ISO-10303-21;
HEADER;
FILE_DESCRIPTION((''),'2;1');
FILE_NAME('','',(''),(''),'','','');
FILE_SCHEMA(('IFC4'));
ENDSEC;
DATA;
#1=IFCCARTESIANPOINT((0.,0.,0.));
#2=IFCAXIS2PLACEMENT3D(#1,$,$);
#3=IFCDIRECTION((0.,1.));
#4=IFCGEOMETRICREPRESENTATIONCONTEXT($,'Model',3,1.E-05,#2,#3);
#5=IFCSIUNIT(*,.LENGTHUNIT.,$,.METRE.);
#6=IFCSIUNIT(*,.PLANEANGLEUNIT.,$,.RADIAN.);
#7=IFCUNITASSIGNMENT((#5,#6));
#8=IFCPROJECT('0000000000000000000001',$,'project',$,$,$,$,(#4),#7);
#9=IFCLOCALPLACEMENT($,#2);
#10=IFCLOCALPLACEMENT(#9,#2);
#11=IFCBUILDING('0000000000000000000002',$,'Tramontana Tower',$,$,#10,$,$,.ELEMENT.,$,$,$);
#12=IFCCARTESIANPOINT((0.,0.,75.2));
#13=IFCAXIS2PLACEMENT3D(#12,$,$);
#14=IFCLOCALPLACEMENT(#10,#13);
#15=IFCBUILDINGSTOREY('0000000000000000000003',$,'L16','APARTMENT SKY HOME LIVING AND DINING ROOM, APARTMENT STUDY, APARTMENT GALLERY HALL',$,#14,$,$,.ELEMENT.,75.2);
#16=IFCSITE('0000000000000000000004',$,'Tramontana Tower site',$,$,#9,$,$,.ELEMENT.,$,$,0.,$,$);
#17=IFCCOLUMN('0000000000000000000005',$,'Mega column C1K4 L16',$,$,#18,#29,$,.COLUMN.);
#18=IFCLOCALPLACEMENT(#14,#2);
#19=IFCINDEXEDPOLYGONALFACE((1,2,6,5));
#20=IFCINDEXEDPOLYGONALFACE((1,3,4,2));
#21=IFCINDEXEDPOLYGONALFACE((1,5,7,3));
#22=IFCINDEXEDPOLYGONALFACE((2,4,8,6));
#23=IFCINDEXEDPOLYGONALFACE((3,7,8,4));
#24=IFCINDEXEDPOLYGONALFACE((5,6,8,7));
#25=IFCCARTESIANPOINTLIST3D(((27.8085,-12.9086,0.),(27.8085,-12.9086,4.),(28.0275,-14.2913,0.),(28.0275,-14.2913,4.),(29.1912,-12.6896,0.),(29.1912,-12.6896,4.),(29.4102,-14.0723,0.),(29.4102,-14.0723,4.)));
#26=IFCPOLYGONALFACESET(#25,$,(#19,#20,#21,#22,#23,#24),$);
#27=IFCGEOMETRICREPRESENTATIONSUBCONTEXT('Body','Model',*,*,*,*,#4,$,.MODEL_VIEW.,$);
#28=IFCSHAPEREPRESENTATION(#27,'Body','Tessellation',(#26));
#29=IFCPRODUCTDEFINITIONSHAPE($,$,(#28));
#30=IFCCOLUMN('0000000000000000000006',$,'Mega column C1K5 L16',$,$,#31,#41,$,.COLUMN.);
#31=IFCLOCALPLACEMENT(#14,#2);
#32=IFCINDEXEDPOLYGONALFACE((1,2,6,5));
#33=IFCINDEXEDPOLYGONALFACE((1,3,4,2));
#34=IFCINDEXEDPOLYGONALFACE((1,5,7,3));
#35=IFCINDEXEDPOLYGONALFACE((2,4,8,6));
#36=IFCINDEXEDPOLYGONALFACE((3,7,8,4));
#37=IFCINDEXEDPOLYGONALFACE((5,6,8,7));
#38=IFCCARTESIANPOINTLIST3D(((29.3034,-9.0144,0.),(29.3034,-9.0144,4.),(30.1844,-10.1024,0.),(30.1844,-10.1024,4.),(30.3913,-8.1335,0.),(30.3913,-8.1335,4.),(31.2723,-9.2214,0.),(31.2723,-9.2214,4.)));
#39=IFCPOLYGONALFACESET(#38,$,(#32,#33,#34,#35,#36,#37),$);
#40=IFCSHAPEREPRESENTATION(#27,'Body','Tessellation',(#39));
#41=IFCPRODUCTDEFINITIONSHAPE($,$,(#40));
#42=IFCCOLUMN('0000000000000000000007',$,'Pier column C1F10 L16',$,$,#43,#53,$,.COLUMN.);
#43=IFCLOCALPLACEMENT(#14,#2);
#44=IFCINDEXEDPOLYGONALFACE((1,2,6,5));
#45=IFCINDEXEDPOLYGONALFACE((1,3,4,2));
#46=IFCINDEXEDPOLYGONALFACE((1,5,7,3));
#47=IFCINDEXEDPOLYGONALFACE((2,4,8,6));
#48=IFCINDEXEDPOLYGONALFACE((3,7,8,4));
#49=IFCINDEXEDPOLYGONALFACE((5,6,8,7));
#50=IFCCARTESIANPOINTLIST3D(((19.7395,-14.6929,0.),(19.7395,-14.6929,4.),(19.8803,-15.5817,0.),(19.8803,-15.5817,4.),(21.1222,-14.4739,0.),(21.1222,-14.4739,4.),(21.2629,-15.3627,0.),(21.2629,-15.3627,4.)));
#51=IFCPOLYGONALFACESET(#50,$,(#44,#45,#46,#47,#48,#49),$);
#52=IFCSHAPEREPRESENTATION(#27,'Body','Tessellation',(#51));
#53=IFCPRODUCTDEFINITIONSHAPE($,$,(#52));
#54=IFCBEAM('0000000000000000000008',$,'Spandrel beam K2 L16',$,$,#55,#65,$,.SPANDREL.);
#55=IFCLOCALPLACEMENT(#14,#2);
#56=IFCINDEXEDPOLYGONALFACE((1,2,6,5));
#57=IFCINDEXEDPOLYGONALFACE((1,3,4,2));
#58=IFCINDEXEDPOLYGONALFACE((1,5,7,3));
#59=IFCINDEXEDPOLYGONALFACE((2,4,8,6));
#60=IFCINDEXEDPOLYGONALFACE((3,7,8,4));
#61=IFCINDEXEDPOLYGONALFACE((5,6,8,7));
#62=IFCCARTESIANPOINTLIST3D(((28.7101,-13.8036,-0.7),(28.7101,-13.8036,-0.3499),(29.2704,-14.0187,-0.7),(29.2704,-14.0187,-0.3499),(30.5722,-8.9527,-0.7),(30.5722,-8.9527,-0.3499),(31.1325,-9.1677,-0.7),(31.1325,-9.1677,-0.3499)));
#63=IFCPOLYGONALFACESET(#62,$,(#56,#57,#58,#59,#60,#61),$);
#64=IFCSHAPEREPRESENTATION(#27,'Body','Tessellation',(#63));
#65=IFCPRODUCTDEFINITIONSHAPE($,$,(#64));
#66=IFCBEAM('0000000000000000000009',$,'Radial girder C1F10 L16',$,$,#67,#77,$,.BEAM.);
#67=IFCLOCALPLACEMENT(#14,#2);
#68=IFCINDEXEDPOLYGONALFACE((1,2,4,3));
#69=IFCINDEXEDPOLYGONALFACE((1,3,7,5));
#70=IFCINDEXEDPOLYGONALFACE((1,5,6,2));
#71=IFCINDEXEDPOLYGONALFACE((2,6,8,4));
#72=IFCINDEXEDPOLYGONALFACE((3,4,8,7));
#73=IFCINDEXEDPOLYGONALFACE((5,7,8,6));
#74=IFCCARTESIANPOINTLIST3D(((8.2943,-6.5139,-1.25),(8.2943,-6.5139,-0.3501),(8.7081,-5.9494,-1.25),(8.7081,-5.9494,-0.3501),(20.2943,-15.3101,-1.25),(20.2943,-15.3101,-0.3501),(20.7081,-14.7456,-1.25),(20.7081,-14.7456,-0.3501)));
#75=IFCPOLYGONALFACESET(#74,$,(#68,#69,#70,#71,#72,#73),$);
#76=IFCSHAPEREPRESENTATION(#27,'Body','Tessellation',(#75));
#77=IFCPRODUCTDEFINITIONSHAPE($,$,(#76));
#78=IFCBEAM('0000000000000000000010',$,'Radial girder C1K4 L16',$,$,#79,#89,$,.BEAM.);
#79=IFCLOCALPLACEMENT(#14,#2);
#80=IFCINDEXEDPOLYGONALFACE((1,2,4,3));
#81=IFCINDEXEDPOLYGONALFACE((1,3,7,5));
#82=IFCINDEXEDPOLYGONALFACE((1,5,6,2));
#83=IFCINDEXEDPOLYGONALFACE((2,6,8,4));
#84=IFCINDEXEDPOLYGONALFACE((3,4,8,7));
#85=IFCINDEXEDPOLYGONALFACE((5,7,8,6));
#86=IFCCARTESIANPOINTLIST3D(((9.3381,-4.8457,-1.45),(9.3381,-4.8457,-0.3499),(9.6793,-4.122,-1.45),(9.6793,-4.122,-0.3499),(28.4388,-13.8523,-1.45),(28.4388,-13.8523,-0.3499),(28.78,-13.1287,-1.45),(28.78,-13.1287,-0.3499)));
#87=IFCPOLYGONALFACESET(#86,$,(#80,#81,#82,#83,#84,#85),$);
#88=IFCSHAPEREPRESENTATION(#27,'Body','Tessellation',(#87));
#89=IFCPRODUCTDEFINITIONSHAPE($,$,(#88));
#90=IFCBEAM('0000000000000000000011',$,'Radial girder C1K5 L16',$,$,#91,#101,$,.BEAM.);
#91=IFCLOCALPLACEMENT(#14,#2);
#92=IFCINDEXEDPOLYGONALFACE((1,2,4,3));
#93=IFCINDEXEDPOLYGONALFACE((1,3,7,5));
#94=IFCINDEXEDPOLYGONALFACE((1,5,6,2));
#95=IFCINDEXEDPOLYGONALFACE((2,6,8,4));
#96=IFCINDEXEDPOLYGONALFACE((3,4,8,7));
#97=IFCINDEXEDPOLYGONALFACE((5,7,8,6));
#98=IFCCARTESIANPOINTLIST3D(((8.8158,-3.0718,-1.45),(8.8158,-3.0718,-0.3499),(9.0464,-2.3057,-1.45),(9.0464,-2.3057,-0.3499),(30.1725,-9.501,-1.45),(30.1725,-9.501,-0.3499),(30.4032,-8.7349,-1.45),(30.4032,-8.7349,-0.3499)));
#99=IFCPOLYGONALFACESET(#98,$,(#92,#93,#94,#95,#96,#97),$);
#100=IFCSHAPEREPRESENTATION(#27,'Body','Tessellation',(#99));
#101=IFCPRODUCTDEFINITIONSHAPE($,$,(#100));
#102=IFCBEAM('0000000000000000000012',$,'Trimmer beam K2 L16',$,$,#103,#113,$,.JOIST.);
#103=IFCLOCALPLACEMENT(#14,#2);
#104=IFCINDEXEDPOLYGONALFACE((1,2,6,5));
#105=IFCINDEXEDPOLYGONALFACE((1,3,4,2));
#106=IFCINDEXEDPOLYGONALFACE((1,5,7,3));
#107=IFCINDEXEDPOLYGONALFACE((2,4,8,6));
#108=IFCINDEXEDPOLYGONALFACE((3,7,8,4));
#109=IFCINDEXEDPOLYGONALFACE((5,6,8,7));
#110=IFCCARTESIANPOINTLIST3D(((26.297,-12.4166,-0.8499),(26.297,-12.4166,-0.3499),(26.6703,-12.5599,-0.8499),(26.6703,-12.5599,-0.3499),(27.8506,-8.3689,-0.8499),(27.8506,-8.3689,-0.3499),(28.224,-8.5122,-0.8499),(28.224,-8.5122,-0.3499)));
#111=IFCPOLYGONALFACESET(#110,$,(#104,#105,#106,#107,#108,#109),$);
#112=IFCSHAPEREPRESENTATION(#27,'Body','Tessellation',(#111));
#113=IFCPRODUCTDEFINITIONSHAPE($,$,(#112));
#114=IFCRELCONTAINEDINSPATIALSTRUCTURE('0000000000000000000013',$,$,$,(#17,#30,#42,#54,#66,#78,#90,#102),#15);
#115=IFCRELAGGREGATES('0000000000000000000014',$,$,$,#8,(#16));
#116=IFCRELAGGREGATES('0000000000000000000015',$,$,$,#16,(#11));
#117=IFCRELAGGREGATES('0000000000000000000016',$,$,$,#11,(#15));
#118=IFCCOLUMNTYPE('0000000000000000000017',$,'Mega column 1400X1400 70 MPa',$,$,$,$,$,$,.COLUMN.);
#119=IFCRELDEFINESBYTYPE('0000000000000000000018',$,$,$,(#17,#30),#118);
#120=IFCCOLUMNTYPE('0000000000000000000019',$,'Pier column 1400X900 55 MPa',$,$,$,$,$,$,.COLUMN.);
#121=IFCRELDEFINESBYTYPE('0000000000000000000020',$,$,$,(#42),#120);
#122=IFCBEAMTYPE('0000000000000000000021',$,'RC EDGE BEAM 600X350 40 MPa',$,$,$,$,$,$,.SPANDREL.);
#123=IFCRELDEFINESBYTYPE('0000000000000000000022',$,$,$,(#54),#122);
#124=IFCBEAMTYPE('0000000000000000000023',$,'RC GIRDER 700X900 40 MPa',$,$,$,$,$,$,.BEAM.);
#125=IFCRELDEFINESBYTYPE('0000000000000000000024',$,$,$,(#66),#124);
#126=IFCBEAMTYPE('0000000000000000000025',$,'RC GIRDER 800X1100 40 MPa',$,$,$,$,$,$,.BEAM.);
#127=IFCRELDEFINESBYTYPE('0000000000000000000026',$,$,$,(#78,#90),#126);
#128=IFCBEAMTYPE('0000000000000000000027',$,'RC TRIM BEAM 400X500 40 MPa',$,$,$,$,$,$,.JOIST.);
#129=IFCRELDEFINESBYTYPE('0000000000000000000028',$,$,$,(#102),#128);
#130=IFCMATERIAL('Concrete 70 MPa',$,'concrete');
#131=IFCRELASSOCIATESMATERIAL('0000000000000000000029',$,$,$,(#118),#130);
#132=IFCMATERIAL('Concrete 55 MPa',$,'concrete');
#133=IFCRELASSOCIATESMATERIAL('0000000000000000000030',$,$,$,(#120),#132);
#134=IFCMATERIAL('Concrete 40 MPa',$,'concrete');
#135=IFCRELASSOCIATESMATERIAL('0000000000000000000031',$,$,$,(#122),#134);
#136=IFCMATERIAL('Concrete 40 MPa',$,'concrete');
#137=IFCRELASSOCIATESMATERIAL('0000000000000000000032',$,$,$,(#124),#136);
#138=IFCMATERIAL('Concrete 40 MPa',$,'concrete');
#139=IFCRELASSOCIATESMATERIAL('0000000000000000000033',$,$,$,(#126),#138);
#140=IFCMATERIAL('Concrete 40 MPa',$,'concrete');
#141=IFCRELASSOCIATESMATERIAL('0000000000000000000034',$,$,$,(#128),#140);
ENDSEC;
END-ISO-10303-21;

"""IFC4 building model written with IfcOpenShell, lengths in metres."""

from ifc_helpers import new_model, si_unit, direction, frame, origin, origin_2d, place, context, subcontext, project, spatial, rectangle, extrude, material, material_profile, profile_set, type_object, element, save


model = new_model("IFC4")

# Units and contexts
model_context = context("Model", 3, precision=1e-05, world=origin(), true_north=direction((0.0, 1.0)))
body_context = subcontext(model_context, "Body", "Model", "MODEL_VIEW")
ifc_project = project(units=[si_unit("LENGTHUNIT", "METRE"), si_unit("PLANEANGLEUNIT", "RADIAN")], contexts=[model_context])

# Site, building, storey
site_placement = place(None, origin())
site = spatial("IfcSite", under=ifc_project, at=site_placement, Name="Tramontana Tower site", CompositionType="ELEMENT", RefElevation=0.0)
building_placement = place(site_placement, origin())
building = spatial("IfcBuilding", under=site, at=building_placement, Name="Tramontana Tower", CompositionType="ELEMENT")
storey_placement = place(building_placement, frame((0.0, 0.0, 75.2)))
storey = spatial("IfcBuildingStorey", under=building, at=storey_placement, Name="L16", Description="APARTMENT SKY HOME LIVING AND DINING ROOM, APARTMENT STUDY, APARTMENT GALLERY HALL", CompositionType="ELEMENT", Elevation=75.2)

# Columns
ifc_material_1 = material(Name="Concrete 70 MPa", Category="concrete")
ifc_material_profile_1 = material_profile(ifc_material_1, rectangle(XDim=1.3999, YDim=1.3999, at=origin_2d()), Name="Mega column 1400X1400 70 MPa")
ifc_profile_set_1 = profile_set([ifc_material_profile_1], Name="Concrete 70 MPa")
column_type_1 = type_object("IfcColumnType", Name="Mega column 1400X1400 70 MPa", PredefinedType="COLUMN", material=ifc_profile_set_1)
for number, where, z_axis, x_axis, name in (
    (1, (28.6094, -13.4905, 0.0), (0.0, 0.0, 1.0), (0.987688, 0.156434, 0.0), "Mega column C1K4 L16"),
    (2, (30.2878, -9.1179, 0.0), (0.0, 0.0, 1.0), (-0.62932, 0.777146, 0.0), "Mega column C1K5 L16"),
):
    element("IfcColumn", number, at=place(storey_placement, frame(where, z_axis=z_axis, x_axis=x_axis)), inside=storey, type_object=column_type_1, Name=name, PredefinedType="COLUMN", context=body_context, shape_type="SweptSolid", body=[
        extrude(rectangle(XDim=1.3999, YDim=1.3999, at=origin_2d()), origin(), (0.0, 0.0, 1.0), 4.0),
    ])
ifc_material_2 = material(Name="Concrete 55 MPa", Category="concrete")
ifc_material_profile_2 = material_profile(ifc_material_2, rectangle(XDim=1.3999, YDim=0.8999, at=origin_2d()), Name="Pier column 1400X900 55 MPa")
ifc_profile_set_2 = profile_set([ifc_material_profile_2], Name="Concrete 55 MPa")
column_type_2 = type_object("IfcColumnType", Name="Pier column 1400X900 55 MPa", PredefinedType="COLUMN", material=ifc_profile_set_2)
column_placement = place(storey_placement, frame((20.5012, -15.0278, 0.0), z_axis=(0.0, 0.0, 1.0), x_axis=(0.987688, 0.156434, 0.0)))
element("IfcColumn", 3, at=column_placement, inside=storey, type_object=column_type_2, Name="Pier column C1F10 L16", PredefinedType="COLUMN", context=body_context, shape_type="SweptSolid", body=[
    extrude(rectangle(XDim=1.3999, YDim=0.8999, at=origin_2d()), origin(), (0.0, 0.0, 1.0), 4.0),
])

# Beams
ifc_material_3 = material(Name="Concrete 40 MPa", Category="concrete")
ifc_material_profile_3 = material_profile(ifc_material_3, rectangle(XDim=0.6001, YDim=0.3501, at=origin_2d()), Name="RC EDGE BEAM 600X350 40 MPa")
ifc_profile_set_3 = profile_set([ifc_material_profile_3], Name="Concrete 40 MPa")
beam_type_1 = type_object("IfcBeamType", Name="RC EDGE BEAM 600X350 40 MPa", PredefinedType="SPANDREL", material=ifc_profile_set_3)
beam_1_placement = place(storey_placement, frame((28.9902, -13.9111, -0.5249), z_axis=(0.358368, 0.93358, 0.0), x_axis=(-0.93358, 0.358368, 0.0)))
element("IfcBeam", 4, at=beam_1_placement, inside=storey, type_object=beam_type_1, Name="Spandrel beam K2 L16", PredefinedType="SPANDREL", context=body_context, shape_type="SweptSolid", body=[
    extrude(rectangle(XDim=0.6001, YDim=0.3501, at=origin_2d()), origin(), (0.0, 0.0, 1.0), 5.196),
])
ifc_material_4 = material(Name="Concrete 40 MPa", Category="concrete")
ifc_material_profile_4 = material_profile(ifc_material_4, rectangle(XDim=0.7, YDim=0.8999, at=origin_2d()), Name="RC GIRDER 700X900 40 MPa")
ifc_profile_set_4 = profile_set([ifc_material_profile_4], Name="Concrete 40 MPa")
beam_type_2 = type_object("IfcBeamType", Name="RC GIRDER 700X900 40 MPa", PredefinedType="BEAM", material=ifc_profile_set_4)
beam_2_placement = place(storey_placement, frame((20.5012, -15.0278, -0.8), z_axis=(-0.806529, 0.591195, 0.0), x_axis=(-0.591195, -0.806529, 0.0)))
element("IfcBeam", 5, at=beam_2_placement, inside=storey, type_object=beam_type_2, Name="Radial girder C1F10 L16", PredefinedType="BEAM", context=body_context, shape_type="SweptSolid", body=[
    extrude(rectangle(XDim=0.7, YDim=0.8999, at=origin_2d()), origin(), (0.0, 0.0, 1.0), 14.8787),
])
ifc_material_5 = material(Name="Concrete 40 MPa", Category="concrete")
ifc_material_profile_5 = material_profile(ifc_material_5, rectangle(XDim=0.8, YDim=1.1001, at=origin_2d()), Name="RC GIRDER 800X1100 40 MPa")
ifc_profile_set_5 = profile_set([ifc_material_profile_5], Name="Concrete 40 MPa")
beam_type_3 = type_object("IfcBeamType", Name="RC GIRDER 800X1100 40 MPa", PredefinedType="BEAM", material=ifc_profile_set_5)
beam_3_placement = place(storey_placement, frame((28.6094, -13.4905, -0.8999), z_axis=(-0.904489, 0.426498, 0.0), x_axis=(-0.426498, -0.904489, 0.0)))
element("IfcBeam", 6, at=beam_3_placement, inside=storey, type_object=beam_type_3, Name="Radial girder C1K4 L16", PredefinedType="BEAM", context=body_context, shape_type="SweptSolid", body=[
    extrude(rectangle(XDim=0.8, YDim=1.1001, at=origin_2d()), origin(), (0.0, 0.0, 1.0), 21.1177),
])
beam_4_placement = place(storey_placement, frame((30.2878, -9.1179, -0.8999), z_axis=(-0.957552, 0.288261, 0.0), x_axis=(-0.288261, -0.957552, 0.0)))
element("IfcBeam", 7, at=beam_4_placement, inside=storey, type_object=beam_type_3, Name="Radial girder C1K5 L16", PredefinedType="BEAM", context=body_context, shape_type="SweptSolid", body=[
    extrude(rectangle(XDim=0.8, YDim=1.1001, at=origin_2d()), origin(), (0.0, 0.0, 1.0), 22.3035),
])
ifc_material_6 = material(Name="Concrete 40 MPa", Category="concrete")
ifc_material_profile_6 = material_profile(ifc_material_6, rectangle(XDim=0.3999, YDim=0.5, at=origin_2d()), Name="RC TRIM BEAM 400X500 40 MPa")
ifc_profile_set_6 = profile_set([ifc_material_profile_6], Name="Concrete 40 MPa")
beam_type_4 = type_object("IfcBeamType", Name="RC TRIM BEAM 400X500 40 MPa", PredefinedType="JOIST", material=ifc_profile_set_6)
beam_5_placement = place(storey_placement, frame((26.4836, -12.4883, -0.5999), z_axis=(0.358345, 0.933589, 0.0), x_axis=(-0.933589, 0.358345, 0.0)))
element("IfcBeam", 8, at=beam_5_placement, inside=storey, type_object=beam_type_4, Name="Trimmer beam K2 L16", PredefinedType="JOIST", context=body_context, shape_type="SweptSolid", body=[
    extrude(rectangle(XDim=0.3999, YDim=0.5, at=origin_2d()), origin(), (0.0, 0.0, 1.0), 4.3357),
])

save(model, "model.ifc")
